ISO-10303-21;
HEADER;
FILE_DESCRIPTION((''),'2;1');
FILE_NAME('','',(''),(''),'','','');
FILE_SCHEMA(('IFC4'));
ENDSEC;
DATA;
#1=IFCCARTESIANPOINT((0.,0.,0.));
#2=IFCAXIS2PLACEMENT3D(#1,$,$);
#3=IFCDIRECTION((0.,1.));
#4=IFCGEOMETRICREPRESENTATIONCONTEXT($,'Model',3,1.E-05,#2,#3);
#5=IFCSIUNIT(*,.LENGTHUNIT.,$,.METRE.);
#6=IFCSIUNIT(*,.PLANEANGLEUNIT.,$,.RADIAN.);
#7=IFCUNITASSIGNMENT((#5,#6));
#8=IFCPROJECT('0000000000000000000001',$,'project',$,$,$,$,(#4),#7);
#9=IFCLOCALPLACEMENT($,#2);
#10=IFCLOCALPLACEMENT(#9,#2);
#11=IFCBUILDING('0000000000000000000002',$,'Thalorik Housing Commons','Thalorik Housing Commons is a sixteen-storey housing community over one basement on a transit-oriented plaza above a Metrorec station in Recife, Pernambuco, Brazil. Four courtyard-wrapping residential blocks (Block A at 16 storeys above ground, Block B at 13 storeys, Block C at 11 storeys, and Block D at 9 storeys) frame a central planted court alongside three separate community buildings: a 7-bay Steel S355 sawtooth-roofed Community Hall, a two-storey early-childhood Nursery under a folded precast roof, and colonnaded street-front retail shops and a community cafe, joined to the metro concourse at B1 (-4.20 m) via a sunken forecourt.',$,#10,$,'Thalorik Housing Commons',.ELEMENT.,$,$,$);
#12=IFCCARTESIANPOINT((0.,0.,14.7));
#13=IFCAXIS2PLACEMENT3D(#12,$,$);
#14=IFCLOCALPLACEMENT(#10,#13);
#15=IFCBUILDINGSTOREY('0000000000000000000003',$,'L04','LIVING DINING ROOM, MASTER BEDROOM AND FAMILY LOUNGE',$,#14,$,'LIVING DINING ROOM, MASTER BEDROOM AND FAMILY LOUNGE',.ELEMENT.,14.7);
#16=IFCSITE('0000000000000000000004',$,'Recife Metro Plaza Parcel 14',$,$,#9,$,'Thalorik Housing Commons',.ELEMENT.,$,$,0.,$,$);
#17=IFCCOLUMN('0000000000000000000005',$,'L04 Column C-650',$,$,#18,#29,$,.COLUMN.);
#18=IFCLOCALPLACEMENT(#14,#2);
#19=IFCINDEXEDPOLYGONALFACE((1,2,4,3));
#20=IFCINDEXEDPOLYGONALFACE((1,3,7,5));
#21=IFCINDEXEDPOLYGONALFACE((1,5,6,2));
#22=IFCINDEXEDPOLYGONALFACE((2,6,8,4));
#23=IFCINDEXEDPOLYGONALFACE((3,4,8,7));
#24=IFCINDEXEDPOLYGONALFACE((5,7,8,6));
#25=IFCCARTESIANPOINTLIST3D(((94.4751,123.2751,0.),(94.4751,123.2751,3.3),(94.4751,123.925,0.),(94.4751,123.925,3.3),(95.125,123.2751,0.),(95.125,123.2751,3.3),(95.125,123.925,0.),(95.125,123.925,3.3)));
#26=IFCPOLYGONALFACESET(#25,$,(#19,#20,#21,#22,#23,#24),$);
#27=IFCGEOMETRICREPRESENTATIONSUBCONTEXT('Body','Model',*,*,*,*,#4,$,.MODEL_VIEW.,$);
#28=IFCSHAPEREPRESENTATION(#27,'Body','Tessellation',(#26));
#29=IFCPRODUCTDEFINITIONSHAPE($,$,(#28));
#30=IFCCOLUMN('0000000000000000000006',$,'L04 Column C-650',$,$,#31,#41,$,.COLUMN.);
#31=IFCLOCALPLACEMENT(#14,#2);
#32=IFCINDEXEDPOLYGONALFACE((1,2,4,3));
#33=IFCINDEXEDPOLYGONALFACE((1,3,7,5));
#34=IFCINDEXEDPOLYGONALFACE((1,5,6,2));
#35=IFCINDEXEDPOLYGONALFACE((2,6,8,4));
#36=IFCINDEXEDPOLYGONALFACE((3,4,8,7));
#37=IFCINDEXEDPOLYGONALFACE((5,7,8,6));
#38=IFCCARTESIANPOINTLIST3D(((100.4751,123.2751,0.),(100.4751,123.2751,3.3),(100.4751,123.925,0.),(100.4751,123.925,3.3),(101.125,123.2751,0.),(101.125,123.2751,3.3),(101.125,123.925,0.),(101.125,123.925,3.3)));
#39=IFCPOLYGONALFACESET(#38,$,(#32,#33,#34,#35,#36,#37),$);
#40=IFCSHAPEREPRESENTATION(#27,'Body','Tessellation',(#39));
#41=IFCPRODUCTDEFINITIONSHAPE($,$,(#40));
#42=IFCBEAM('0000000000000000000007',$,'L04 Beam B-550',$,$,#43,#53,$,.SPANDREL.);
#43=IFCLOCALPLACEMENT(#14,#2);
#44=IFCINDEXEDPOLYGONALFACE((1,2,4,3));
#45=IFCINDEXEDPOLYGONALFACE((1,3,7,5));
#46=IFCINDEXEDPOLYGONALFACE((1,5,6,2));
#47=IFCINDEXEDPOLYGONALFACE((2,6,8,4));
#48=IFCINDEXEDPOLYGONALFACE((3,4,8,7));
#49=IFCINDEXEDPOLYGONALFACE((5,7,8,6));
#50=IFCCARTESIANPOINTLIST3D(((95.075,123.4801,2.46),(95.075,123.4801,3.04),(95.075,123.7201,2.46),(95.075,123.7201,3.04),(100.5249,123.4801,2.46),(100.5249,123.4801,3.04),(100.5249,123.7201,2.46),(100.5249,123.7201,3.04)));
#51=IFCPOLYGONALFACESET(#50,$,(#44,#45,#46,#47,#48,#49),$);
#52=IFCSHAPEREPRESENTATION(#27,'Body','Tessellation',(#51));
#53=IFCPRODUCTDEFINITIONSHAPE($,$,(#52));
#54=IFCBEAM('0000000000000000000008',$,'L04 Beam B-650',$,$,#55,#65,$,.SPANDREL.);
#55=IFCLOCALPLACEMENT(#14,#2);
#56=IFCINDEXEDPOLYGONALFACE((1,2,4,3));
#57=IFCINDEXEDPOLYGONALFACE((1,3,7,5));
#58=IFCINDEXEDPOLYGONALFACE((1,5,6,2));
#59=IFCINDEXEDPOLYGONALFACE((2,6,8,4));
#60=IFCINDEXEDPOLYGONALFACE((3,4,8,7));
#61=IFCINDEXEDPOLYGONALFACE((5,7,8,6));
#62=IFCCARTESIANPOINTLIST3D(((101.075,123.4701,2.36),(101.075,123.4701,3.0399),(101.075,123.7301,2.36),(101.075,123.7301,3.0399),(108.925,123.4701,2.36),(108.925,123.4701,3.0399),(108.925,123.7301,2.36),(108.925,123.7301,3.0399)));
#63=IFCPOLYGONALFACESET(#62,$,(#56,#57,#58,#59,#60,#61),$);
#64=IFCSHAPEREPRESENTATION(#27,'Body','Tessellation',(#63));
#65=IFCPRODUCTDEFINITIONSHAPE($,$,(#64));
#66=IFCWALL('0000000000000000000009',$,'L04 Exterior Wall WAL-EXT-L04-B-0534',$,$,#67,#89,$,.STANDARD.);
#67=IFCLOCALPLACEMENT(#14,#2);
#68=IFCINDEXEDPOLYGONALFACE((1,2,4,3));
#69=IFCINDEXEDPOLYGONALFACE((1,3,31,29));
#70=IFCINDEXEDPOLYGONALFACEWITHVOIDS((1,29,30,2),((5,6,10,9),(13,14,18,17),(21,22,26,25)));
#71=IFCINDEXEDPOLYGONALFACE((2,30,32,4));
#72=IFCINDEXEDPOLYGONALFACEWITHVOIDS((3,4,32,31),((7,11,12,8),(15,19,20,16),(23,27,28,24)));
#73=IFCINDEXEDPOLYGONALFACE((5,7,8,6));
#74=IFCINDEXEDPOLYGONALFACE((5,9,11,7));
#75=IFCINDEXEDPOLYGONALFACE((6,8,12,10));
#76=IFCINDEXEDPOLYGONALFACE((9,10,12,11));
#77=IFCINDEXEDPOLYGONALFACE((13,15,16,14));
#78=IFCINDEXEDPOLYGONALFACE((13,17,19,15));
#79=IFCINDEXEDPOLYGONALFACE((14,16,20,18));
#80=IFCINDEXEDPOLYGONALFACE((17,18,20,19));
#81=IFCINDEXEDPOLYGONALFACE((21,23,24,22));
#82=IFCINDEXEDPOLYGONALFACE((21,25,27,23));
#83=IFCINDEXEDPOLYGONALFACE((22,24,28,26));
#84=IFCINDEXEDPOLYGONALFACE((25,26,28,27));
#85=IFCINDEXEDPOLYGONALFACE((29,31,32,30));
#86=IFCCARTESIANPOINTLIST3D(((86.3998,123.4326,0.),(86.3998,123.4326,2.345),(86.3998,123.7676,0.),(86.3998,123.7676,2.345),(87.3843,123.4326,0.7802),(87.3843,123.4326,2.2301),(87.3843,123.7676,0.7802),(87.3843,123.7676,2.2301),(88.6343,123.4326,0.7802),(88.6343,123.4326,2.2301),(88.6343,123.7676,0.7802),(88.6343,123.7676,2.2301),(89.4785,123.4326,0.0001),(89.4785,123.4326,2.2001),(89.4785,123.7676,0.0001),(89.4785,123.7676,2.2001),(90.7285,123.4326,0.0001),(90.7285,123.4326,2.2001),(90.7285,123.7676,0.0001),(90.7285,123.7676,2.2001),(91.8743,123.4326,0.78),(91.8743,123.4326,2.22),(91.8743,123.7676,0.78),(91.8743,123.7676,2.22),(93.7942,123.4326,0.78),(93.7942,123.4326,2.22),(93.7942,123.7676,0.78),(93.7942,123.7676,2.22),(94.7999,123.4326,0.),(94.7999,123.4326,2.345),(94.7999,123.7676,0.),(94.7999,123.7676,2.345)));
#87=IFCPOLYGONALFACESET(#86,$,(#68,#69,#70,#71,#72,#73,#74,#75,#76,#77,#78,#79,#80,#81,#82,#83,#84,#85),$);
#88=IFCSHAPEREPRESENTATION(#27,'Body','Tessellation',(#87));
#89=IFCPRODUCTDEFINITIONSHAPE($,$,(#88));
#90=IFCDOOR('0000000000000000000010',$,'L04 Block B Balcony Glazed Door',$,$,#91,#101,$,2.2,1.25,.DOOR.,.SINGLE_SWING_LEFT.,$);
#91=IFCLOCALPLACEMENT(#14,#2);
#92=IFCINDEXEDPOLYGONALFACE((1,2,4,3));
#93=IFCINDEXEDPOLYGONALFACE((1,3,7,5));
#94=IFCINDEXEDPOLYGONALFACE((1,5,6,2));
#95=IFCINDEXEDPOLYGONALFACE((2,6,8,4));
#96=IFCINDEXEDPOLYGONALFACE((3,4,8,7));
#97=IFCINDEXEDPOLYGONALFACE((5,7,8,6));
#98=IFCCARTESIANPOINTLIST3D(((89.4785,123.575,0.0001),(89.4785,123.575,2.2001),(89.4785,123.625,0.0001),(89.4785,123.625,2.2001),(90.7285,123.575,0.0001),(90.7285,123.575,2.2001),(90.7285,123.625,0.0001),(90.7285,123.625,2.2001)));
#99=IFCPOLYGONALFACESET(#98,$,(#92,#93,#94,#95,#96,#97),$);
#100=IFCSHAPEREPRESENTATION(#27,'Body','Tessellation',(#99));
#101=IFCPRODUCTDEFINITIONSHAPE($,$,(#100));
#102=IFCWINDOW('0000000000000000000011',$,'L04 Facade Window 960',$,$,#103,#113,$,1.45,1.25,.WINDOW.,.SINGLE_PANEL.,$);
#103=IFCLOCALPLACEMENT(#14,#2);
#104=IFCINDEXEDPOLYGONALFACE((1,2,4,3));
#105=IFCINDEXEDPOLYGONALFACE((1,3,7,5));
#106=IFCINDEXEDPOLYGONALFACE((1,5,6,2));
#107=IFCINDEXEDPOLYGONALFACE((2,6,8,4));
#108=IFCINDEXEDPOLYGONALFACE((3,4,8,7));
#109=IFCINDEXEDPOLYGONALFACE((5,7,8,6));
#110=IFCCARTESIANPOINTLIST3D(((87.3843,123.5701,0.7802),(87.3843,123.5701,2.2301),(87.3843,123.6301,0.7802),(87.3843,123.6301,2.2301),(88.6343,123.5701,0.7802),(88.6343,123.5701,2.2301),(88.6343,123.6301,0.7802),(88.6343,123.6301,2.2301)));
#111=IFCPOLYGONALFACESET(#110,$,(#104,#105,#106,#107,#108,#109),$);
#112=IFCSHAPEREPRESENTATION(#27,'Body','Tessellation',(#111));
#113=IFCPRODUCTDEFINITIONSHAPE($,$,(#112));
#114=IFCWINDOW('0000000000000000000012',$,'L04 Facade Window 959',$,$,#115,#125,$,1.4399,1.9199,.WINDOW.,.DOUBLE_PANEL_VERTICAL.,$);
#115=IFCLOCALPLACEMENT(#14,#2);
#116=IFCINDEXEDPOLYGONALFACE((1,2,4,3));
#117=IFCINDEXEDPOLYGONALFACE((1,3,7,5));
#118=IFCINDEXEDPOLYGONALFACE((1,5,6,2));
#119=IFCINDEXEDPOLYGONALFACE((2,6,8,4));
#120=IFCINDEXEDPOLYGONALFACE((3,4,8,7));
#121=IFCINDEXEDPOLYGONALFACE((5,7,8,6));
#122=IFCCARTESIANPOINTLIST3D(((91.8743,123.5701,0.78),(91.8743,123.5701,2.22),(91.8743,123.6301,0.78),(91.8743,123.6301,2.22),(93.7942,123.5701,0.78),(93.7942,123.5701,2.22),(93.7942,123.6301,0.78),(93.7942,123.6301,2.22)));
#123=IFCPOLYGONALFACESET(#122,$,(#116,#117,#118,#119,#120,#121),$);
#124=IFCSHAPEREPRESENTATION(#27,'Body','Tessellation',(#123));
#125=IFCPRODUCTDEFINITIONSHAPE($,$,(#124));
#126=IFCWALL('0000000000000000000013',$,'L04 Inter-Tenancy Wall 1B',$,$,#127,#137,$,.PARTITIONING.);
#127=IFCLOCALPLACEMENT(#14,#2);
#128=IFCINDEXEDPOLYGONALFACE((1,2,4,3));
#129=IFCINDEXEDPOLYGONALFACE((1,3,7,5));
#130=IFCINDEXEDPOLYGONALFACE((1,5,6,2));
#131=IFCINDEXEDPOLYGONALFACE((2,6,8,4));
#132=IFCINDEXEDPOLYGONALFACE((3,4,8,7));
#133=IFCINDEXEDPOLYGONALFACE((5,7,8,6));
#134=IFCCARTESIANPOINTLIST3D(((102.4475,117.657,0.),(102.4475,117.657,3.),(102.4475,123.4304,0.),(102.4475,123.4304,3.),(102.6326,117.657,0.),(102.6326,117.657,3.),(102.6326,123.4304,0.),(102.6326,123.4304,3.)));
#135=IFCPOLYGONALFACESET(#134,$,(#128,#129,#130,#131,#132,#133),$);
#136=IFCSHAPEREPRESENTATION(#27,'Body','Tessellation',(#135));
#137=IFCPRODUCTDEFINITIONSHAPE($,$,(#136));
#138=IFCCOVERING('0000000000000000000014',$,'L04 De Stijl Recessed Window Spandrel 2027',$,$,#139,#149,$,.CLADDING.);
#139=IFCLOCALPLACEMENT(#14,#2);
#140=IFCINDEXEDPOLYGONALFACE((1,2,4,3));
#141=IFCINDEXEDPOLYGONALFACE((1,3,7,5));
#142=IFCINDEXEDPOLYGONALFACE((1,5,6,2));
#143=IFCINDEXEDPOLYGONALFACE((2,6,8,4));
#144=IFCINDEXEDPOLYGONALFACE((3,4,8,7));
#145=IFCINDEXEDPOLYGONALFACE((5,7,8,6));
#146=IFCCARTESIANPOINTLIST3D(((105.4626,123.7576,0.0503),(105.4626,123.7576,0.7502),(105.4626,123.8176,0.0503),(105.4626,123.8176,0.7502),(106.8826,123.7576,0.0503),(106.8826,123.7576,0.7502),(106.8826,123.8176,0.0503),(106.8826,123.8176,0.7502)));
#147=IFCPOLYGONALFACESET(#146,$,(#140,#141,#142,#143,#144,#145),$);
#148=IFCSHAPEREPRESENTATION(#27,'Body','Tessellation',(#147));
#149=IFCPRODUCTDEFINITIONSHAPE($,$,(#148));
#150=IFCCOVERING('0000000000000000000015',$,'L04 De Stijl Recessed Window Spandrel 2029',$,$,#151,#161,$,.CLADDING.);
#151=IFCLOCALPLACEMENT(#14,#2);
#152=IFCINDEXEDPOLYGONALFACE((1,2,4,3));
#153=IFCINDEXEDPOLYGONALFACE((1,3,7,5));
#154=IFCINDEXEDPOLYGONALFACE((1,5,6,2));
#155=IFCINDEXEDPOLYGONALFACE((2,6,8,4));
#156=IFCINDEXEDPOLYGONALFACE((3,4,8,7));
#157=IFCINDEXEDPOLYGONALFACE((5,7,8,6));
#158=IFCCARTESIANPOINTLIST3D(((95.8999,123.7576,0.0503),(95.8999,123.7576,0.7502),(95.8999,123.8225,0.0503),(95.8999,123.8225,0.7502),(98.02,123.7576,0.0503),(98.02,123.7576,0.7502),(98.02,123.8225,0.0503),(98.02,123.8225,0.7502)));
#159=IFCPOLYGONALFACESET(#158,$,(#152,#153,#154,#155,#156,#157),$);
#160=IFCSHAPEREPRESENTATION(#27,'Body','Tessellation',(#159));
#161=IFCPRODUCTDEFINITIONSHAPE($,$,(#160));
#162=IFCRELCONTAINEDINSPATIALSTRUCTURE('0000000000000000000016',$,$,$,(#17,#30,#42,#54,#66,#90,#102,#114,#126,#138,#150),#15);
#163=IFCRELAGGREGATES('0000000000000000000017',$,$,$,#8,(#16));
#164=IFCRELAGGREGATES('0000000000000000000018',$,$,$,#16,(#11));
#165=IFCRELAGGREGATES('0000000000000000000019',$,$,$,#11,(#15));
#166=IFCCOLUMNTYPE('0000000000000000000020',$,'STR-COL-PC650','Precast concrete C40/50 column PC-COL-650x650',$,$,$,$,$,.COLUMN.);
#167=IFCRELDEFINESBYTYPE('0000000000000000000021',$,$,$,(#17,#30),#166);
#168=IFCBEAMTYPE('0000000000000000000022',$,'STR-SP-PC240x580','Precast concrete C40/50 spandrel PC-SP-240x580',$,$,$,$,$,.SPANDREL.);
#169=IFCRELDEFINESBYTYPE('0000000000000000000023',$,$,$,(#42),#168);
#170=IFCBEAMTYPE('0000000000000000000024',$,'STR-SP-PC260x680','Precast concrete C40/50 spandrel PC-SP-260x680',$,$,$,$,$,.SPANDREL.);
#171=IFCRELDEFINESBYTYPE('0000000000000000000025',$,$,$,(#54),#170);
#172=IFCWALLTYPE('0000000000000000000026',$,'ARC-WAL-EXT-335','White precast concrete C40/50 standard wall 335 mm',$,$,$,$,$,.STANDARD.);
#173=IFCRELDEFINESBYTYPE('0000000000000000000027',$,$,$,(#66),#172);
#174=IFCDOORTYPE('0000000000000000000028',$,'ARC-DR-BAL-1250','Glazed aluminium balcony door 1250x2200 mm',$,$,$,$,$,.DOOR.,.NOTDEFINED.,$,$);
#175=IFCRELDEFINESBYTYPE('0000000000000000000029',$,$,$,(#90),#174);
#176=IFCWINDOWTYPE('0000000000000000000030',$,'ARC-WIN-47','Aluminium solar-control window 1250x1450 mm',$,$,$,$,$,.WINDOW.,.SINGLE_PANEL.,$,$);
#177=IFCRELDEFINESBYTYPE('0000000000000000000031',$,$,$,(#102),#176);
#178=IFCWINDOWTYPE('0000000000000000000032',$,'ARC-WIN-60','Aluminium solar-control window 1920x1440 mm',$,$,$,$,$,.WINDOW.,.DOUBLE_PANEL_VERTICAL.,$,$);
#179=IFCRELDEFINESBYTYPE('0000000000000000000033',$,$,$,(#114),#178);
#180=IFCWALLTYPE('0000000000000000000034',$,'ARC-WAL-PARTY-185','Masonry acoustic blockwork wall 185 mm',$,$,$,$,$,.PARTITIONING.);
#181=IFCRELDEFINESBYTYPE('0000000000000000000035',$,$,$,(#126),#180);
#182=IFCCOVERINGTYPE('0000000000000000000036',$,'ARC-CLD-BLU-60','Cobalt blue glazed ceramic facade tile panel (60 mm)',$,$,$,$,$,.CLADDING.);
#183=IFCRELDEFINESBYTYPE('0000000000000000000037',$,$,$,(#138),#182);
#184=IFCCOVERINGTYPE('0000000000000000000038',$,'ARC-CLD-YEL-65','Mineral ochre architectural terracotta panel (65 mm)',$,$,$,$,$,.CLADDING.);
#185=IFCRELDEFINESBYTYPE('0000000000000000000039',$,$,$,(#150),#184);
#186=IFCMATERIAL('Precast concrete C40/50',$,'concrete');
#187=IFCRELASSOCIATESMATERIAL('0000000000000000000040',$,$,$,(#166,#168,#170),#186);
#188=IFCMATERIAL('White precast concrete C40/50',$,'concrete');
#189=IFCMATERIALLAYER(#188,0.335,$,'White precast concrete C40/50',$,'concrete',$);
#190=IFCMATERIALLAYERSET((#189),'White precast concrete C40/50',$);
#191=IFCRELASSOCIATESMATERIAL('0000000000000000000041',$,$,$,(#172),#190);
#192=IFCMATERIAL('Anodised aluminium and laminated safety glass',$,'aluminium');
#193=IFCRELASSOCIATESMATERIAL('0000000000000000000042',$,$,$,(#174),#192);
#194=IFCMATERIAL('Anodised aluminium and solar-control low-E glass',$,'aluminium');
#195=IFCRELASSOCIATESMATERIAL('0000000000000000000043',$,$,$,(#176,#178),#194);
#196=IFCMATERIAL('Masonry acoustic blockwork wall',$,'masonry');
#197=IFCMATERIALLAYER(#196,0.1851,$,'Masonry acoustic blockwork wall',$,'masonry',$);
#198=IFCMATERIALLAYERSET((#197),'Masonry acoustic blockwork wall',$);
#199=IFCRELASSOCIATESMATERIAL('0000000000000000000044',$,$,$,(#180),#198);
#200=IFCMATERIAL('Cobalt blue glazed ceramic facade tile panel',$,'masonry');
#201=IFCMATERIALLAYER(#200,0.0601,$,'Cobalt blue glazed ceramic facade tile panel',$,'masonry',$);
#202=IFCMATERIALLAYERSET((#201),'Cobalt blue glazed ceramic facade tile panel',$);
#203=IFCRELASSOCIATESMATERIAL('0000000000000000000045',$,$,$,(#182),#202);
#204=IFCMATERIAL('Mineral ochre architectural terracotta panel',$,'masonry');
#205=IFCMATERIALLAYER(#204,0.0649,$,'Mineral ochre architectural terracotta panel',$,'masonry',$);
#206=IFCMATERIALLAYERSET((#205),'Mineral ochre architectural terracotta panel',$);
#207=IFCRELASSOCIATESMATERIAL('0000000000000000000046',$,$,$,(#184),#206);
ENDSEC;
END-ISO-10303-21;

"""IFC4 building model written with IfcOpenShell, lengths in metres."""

from ifc_helpers import new_model, si_unit, direction, frame, frame_2d, origin, origin_2d, place, context, subcontext, project, spatial, rectangle, extrude, material, layer, layer_set, material_profile, profile_set, type_object, element, fill, save


model = new_model("IFC4")

# Units and contexts
model_context = context("Model", 3, precision=1e-05, world=origin(), true_north=direction((0.0, 1.0)))
body_context = subcontext(model_context, "Body", "Model", "MODEL_VIEW")
ifc_project = project(units=[si_unit("LENGTHUNIT", "METRE"), si_unit("PLANEANGLEUNIT", "RADIAN")], contexts=[model_context])

# Site, building, storey
site_placement = place(None, origin())
site = spatial("IfcSite", under=ifc_project, at=site_placement, Name="Recife Metro Plaza Parcel 14", LongName="Thalorik Housing Commons", CompositionType="ELEMENT", RefElevation=0.0)
building_placement = place(site_placement, origin())
building = spatial("IfcBuilding", under=site, at=building_placement, Name="Thalorik Housing Commons", Description="Thalorik Housing Commons is a sixteen-storey housing community over one basement on a transit-oriented plaza above a Metrorec station in Recife, Pernambuco, Brazil. Four courtyard-wrapping residential blocks (Block A at 16 storeys above ground, Block B at 13 storeys, Block C at 11 storeys, and Block D at 9 storeys) frame a central planted court alongside three separate community buildings: a 7-bay Steel S355 sawtooth-roofed Community Hall, a two-storey early-childhood Nursery under a folded precast roof, and colonnaded street-front retail shops and a community cafe, joined to the metro concourse at B1 (-4.20 m) via a sunken forecourt.", LongName="Thalorik Housing Commons", CompositionType="ELEMENT")
storey_placement = place(building_placement, frame((0.0, 0.0, 14.7)))
storey = spatial("IfcBuildingStorey", under=building, at=storey_placement, Name="L04", Description="LIVING DINING ROOM, MASTER BEDROOM AND FAMILY LOUNGE", LongName="LIVING DINING ROOM, MASTER BEDROOM AND FAMILY LOUNGE", CompositionType="ELEMENT", Elevation=14.7)

# Columns
ifc_material_1 = material(Name="Precast concrete C40/50", Category="concrete")
ifc_material_profile_1 = material_profile(ifc_material_1, rectangle(XDim=0.6499, YDim=0.6499, at=origin_2d()), Name="PC 650x650", Category="concrete")
ifc_profile_set_1 = profile_set([ifc_material_profile_1], Name="Precast concrete C40/50")
column_type = type_object("IfcColumnType", Name="STR-COL-PC650", Description="Precast concrete C40/50 column PC-COL-650x650", PredefinedType="COLUMN", material=ifc_profile_set_1)
for number, where, z_axis, x_axis, name in (
    (1, (94.8, 123.6001, 0.0), (0.0, 0.0, 1.0), (1.0, 0.0, 0.0), "L04 Column C-650"),
    (2, (100.8, 123.6001, 0.0), (0.0, 0.0, 1.0), (1.0, 0.0, 0.0), "L04 Column C-650"),
):
    element("IfcColumn", number, at=place(storey_placement, frame(where, z_axis=z_axis, x_axis=x_axis)), inside=storey, type_object=column_type, Name=name, PredefinedType="COLUMN", context=body_context, shape_type="SweptSolid", body=[
        extrude(rectangle(XDim=0.6499, YDim=0.6499, at=origin_2d()), origin(), (0.0, 0.0, 1.0), 3.3),
    ])

# Beams
ifc_material_profile_2 = material_profile(ifc_material_1, rectangle(XDim=0.24, YDim=0.5801, at=origin_2d()), Name="PC SP 240x580", Category="concrete")
ifc_profile_set_2 = profile_set([ifc_material_profile_2], Name="Precast concrete C40/50")
beam_type_1 = type_object("IfcBeamType", Name="STR-SP-PC240x580", Description="Precast concrete C40/50 spandrel PC-SP-240x580", PredefinedType="SPANDREL", material=ifc_profile_set_2)
beam_1_placement = place(storey_placement, frame((95.075, 123.6001, 2.75), z_axis=(1.0, 0.0, 0.0), x_axis=(0.0, 1.0, 0.0)))
element("IfcBeam", 3, at=beam_1_placement, inside=storey, type_object=beam_type_1, Name="L04 Beam B-550", PredefinedType="SPANDREL", context=body_context, shape_type="SweptSolid", body=[
    extrude(rectangle(XDim=0.24, YDim=0.5801, at=origin_2d()), origin(), (0.0, 0.0, 1.0), 5.45),
])
ifc_material_profile_3 = material_profile(ifc_material_1, rectangle(XDim=0.26, YDim=0.6799, at=origin_2d()), Name="PC SP 260x680", Category="concrete")
ifc_profile_set_3 = profile_set([ifc_material_profile_3], Name="Precast concrete C40/50")
beam_type_2 = type_object("IfcBeamType", Name="STR-SP-PC260x680", Description="Precast concrete C40/50 spandrel PC-SP-260x680", PredefinedType="SPANDREL", material=ifc_profile_set_3)
beam_2_placement = place(storey_placement, frame((101.075, 123.6001, 2.7), z_axis=(1.0, 0.0, 0.0), x_axis=(0.0, 1.0, 0.0)))
element("IfcBeam", 4, at=beam_2_placement, inside=storey, type_object=beam_type_2, Name="L04 Beam B-650", PredefinedType="SPANDREL", context=body_context, shape_type="SweptSolid", body=[
    extrude(rectangle(XDim=0.26, YDim=0.6799, at=origin_2d()), origin(), (0.0, 0.0, 1.0), 7.8501),
])

# Shared definitions
ifc_material_2 = material(Name="White precast concrete C40/50", Category="concrete")
ifc_layer_1 = layer(ifc_material_2, 0.335, Name="White precast concrete C40/50", Category="concrete")
ifc_layer_set_1 = layer_set([ifc_layer_1], Name="White precast concrete C40/50")
wall_type_1 = type_object("IfcWallType", Name="ARC-WAL-EXT-335", Description="White precast concrete C40/50 standard wall 335 mm", PredefinedType="STANDARD", material=ifc_layer_set_1)
ifc_material_3 = material(Name="Anodised aluminium and laminated safety glass", Category="aluminium")
ifc_material_4 = material(Name="Anodised aluminium and solar-control low-E glass", Category="aluminium")

# Wall, openings, door, windows
wall_1_placement = place(storey_placement, frame((94.8, 123.6001, 0.0), z_axis=(0.0, 0.0, 1.0), x_axis=(-1.0, 0.0, 0.0)))
wall_1 = element("IfcWall", 5, at=wall_1_placement, inside=storey, type_object=wall_type_1, Name="L04 Exterior Wall WAL-EXT-L04-B-0534", PredefinedType="STANDARD", context=body_context, shape_type="SweptSolid", body=[
    extrude(rectangle(XDim=8.4001, YDim=0.335, at=frame_2d((4.2002, 0.0))), origin(), (0.0, 0.0, 1.0), 2.345),
])
opening_1_placement = place(wall_1_placement, frame((4.0715, 0.0, 0.0)))
opening_1 = element("IfcOpeningElement", 6, at=opening_1_placement, cuts=wall_1, PredefinedType="OPENING", context=body_context, shape_type="SweptSolid", body=[
    extrude(rectangle(XDim=1.25, YDim=2.2, at=frame_2d((0.625, 1.1001))), frame((0.0, 0.1775, 0.0), z_axis=(0.0, -1.0, 0.0), x_axis=(1.0, 0.0, 0.0)), (0.0, 0.0, 1.0), 0.355),
])
opening_2_placement = place(wall_1_placement, frame((1.0059, 0.0, 0.78)))
opening_2 = element("IfcOpeningElement", 7, at=opening_2_placement, cuts=wall_1, PredefinedType="OPENING", context=body_context, shape_type="SweptSolid", body=[
    extrude(rectangle(XDim=1.9199, YDim=1.4399, at=frame_2d((0.96, 0.72))), frame((0.0, 0.1775, 0.0), z_axis=(0.0, -1.0, 0.0), x_axis=(1.0, 0.0, 0.0)), (0.0, 0.0, 1.0), 0.355),
])
opening_3_placement = place(wall_1_placement, frame((6.1658, 0.0, 0.78)))
opening_3 = element("IfcOpeningElement", 8, at=opening_3_placement, cuts=wall_1, PredefinedType="OPENING", context=body_context, shape_type="SweptSolid", body=[
    extrude(rectangle(XDim=1.25, YDim=1.45, at=frame_2d((0.625, 0.7251))), frame((0.0, 0.1775, 0.0), z_axis=(0.0, -1.0, 0.0), x_axis=(1.0, 0.0, 0.0)), (0.0, 0.0, 1.0), 0.355),
])
door_type_1 = type_object("IfcDoorType", Name="ARC-DR-BAL-1250", Description="Glazed aluminium balcony door 1250x2200 mm", OperationType="NOTDEFINED", PredefinedType="DOOR", material=ifc_material_3)
door_1_placement = place(opening_1_placement, frame((1.25, 0.0, 0.0), z_axis=(0.0, 0.0, 1.0), x_axis=(-1.0, 0.0, 0.0)))
door_1 = element("IfcDoor", 9, at=door_1_placement, inside=storey, type_object=door_type_1, Name="L04 Block B Balcony Glazed Door", OperationType="SINGLE_SWING_LEFT", OverallHeight=2.2, OverallWidth=1.25, PredefinedType="DOOR", context=body_context, shape_type="SweptSolid", body=[
    extrude(rectangle(XDim=1.25, YDim=2.2, at=frame_2d((0.625, 1.1001))), frame((0.0, 0.0249, 0.0), z_axis=(0.0, -1.0, 0.0), x_axis=(1.0, 0.0, 0.0)), (0.0, 0.0, 1.0), 0.05),
])
fill(opening_1, door_1)
window_type_1 = type_object("IfcWindowType", Name="ARC-WIN-47", Description="Aluminium solar-control window 1250x1450 mm", PartitioningType="SINGLE_PANEL", PredefinedType="WINDOW", material=ifc_material_4)
window_1_placement = place(opening_3_placement, origin())
window_1 = element("IfcWindow", 10, at=window_1_placement, inside=storey, type_object=window_type_1, Name="L04 Facade Window 960", OverallHeight=1.45, OverallWidth=1.25, PartitioningType="SINGLE_PANEL", PredefinedType="WINDOW", context=body_context, shape_type="SweptSolid", body=[
    extrude(rectangle(XDim=1.25, YDim=1.45, at=frame_2d((0.625, 0.7251))), frame((0.0, 0.03, 0.0), z_axis=(0.0, -1.0, 0.0), x_axis=(1.0, 0.0, 0.0)), (0.0, 0.0, 1.0), 0.0601),
])
fill(opening_3, window_1)
window_type_2 = type_object("IfcWindowType", Name="ARC-WIN-60", Description="Aluminium solar-control window 1920x1440 mm", PartitioningType="DOUBLE_PANEL_VERTICAL", PredefinedType="WINDOW", material=ifc_material_4)
window_2_placement = place(opening_2_placement, origin())
window_2 = element("IfcWindow", 11, at=window_2_placement, inside=storey, type_object=window_type_2, Name="L04 Facade Window 959", OverallHeight=1.4399, OverallWidth=1.9199, PartitioningType="DOUBLE_PANEL_VERTICAL", PredefinedType="WINDOW", context=body_context, shape_type="SweptSolid", body=[
    extrude(rectangle(XDim=1.9199, YDim=1.4399, at=frame_2d((0.96, 0.72))), frame((0.0, 0.03, 0.0), z_axis=(0.0, -1.0, 0.0), x_axis=(1.0, 0.0, 0.0)), (0.0, 0.0, 1.0), 0.0601),
])
fill(opening_2, window_2)

# Wall
ifc_material_5 = material(Name="Masonry acoustic blockwork wall", Category="masonry")
ifc_layer_2 = layer(ifc_material_5, 0.1851, Name="Masonry acoustic blockwork wall", Category="masonry")
ifc_layer_set_2 = layer_set([ifc_layer_2], Name="Masonry acoustic blockwork wall")
wall_type_2 = type_object("IfcWallType", Name="ARC-WAL-PARTY-185", Description="Masonry acoustic blockwork wall 185 mm", PredefinedType="PARTITIONING", material=ifc_layer_set_2)
wall_2_placement = place(storey_placement, frame((102.54, 117.657, 0.0), z_axis=(0.0, 0.0, 1.0), x_axis=(0.0, 1.0, 0.0)))
element("IfcWall", 12, at=wall_2_placement, inside=storey, type_object=wall_type_2, Name="L04 Inter-Tenancy Wall 1B", PredefinedType="PARTITIONING", context=body_context, shape_type="SweptSolid", body=[
    extrude(rectangle(XDim=5.7734, YDim=0.1851, at=frame_2d((2.8867, 0.0))), origin(), (0.0, 0.0, 1.0), 3.0),
])

# Coverings
ifc_material_6 = material(Name="Cobalt blue glazed ceramic facade tile panel", Category="masonry")
ifc_layer_3 = layer(ifc_material_6, 0.0601, Name="Cobalt blue glazed ceramic facade tile panel", Category="masonry")
ifc_layer_set_3 = layer_set([ifc_layer_3], Name="Cobalt blue glazed ceramic facade tile panel")
covering_type_1 = type_object("IfcCoveringType", Name="ARC-CLD-BLU-60", Description="Cobalt blue glazed ceramic facade tile panel (60 mm)", PredefinedType="CLADDING", material=ifc_layer_set_3)
covering_1_placement = place(storey_placement, frame((106.1726, 123.7876, 0.0503), z_axis=(0.0, 0.0, 1.0), x_axis=(-1.0, 0.0, 0.0)))
element("IfcCovering", 13, at=covering_1_placement, inside=storey, type_object=covering_type_1, Name="L04 De Stijl Recessed Window Spandrel 2027", PredefinedType="CLADDING", context=body_context, shape_type="SweptSolid", body=[
    extrude(rectangle(XDim=1.4199, YDim=0.0601, at=origin_2d()), origin(), (0.0, 0.0, 1.0), 0.7),
])
ifc_material_7 = material(Name="Mineral ochre architectural terracotta panel", Category="masonry")
ifc_layer_4 = layer(ifc_material_7, 0.0649, Name="Mineral ochre architectural terracotta panel", Category="masonry")
ifc_layer_set_4 = layer_set([ifc_layer_4], Name="Mineral ochre architectural terracotta panel")
covering_type_2 = type_object("IfcCoveringType", Name="ARC-CLD-YEL-65", Description="Mineral ochre architectural terracotta panel (65 mm)", PredefinedType="CLADDING", material=ifc_layer_set_4)
covering_2_placement = place(storey_placement, frame((96.96, 123.79, 0.0503), z_axis=(0.0, 0.0, 1.0), x_axis=(-1.0, 0.0, 0.0)))
element("IfcCovering", 14, at=covering_2_placement, inside=storey, type_object=covering_type_2, Name="L04 De Stijl Recessed Window Spandrel 2029", PredefinedType="CLADDING", context=body_context, shape_type="SweptSolid", body=[
    extrude(rectangle(XDim=2.1201, YDim=0.0649, at=origin_2d()), origin(), (0.0, 0.0, 1.0), 0.7),
])

save(model, "model.ifc")
